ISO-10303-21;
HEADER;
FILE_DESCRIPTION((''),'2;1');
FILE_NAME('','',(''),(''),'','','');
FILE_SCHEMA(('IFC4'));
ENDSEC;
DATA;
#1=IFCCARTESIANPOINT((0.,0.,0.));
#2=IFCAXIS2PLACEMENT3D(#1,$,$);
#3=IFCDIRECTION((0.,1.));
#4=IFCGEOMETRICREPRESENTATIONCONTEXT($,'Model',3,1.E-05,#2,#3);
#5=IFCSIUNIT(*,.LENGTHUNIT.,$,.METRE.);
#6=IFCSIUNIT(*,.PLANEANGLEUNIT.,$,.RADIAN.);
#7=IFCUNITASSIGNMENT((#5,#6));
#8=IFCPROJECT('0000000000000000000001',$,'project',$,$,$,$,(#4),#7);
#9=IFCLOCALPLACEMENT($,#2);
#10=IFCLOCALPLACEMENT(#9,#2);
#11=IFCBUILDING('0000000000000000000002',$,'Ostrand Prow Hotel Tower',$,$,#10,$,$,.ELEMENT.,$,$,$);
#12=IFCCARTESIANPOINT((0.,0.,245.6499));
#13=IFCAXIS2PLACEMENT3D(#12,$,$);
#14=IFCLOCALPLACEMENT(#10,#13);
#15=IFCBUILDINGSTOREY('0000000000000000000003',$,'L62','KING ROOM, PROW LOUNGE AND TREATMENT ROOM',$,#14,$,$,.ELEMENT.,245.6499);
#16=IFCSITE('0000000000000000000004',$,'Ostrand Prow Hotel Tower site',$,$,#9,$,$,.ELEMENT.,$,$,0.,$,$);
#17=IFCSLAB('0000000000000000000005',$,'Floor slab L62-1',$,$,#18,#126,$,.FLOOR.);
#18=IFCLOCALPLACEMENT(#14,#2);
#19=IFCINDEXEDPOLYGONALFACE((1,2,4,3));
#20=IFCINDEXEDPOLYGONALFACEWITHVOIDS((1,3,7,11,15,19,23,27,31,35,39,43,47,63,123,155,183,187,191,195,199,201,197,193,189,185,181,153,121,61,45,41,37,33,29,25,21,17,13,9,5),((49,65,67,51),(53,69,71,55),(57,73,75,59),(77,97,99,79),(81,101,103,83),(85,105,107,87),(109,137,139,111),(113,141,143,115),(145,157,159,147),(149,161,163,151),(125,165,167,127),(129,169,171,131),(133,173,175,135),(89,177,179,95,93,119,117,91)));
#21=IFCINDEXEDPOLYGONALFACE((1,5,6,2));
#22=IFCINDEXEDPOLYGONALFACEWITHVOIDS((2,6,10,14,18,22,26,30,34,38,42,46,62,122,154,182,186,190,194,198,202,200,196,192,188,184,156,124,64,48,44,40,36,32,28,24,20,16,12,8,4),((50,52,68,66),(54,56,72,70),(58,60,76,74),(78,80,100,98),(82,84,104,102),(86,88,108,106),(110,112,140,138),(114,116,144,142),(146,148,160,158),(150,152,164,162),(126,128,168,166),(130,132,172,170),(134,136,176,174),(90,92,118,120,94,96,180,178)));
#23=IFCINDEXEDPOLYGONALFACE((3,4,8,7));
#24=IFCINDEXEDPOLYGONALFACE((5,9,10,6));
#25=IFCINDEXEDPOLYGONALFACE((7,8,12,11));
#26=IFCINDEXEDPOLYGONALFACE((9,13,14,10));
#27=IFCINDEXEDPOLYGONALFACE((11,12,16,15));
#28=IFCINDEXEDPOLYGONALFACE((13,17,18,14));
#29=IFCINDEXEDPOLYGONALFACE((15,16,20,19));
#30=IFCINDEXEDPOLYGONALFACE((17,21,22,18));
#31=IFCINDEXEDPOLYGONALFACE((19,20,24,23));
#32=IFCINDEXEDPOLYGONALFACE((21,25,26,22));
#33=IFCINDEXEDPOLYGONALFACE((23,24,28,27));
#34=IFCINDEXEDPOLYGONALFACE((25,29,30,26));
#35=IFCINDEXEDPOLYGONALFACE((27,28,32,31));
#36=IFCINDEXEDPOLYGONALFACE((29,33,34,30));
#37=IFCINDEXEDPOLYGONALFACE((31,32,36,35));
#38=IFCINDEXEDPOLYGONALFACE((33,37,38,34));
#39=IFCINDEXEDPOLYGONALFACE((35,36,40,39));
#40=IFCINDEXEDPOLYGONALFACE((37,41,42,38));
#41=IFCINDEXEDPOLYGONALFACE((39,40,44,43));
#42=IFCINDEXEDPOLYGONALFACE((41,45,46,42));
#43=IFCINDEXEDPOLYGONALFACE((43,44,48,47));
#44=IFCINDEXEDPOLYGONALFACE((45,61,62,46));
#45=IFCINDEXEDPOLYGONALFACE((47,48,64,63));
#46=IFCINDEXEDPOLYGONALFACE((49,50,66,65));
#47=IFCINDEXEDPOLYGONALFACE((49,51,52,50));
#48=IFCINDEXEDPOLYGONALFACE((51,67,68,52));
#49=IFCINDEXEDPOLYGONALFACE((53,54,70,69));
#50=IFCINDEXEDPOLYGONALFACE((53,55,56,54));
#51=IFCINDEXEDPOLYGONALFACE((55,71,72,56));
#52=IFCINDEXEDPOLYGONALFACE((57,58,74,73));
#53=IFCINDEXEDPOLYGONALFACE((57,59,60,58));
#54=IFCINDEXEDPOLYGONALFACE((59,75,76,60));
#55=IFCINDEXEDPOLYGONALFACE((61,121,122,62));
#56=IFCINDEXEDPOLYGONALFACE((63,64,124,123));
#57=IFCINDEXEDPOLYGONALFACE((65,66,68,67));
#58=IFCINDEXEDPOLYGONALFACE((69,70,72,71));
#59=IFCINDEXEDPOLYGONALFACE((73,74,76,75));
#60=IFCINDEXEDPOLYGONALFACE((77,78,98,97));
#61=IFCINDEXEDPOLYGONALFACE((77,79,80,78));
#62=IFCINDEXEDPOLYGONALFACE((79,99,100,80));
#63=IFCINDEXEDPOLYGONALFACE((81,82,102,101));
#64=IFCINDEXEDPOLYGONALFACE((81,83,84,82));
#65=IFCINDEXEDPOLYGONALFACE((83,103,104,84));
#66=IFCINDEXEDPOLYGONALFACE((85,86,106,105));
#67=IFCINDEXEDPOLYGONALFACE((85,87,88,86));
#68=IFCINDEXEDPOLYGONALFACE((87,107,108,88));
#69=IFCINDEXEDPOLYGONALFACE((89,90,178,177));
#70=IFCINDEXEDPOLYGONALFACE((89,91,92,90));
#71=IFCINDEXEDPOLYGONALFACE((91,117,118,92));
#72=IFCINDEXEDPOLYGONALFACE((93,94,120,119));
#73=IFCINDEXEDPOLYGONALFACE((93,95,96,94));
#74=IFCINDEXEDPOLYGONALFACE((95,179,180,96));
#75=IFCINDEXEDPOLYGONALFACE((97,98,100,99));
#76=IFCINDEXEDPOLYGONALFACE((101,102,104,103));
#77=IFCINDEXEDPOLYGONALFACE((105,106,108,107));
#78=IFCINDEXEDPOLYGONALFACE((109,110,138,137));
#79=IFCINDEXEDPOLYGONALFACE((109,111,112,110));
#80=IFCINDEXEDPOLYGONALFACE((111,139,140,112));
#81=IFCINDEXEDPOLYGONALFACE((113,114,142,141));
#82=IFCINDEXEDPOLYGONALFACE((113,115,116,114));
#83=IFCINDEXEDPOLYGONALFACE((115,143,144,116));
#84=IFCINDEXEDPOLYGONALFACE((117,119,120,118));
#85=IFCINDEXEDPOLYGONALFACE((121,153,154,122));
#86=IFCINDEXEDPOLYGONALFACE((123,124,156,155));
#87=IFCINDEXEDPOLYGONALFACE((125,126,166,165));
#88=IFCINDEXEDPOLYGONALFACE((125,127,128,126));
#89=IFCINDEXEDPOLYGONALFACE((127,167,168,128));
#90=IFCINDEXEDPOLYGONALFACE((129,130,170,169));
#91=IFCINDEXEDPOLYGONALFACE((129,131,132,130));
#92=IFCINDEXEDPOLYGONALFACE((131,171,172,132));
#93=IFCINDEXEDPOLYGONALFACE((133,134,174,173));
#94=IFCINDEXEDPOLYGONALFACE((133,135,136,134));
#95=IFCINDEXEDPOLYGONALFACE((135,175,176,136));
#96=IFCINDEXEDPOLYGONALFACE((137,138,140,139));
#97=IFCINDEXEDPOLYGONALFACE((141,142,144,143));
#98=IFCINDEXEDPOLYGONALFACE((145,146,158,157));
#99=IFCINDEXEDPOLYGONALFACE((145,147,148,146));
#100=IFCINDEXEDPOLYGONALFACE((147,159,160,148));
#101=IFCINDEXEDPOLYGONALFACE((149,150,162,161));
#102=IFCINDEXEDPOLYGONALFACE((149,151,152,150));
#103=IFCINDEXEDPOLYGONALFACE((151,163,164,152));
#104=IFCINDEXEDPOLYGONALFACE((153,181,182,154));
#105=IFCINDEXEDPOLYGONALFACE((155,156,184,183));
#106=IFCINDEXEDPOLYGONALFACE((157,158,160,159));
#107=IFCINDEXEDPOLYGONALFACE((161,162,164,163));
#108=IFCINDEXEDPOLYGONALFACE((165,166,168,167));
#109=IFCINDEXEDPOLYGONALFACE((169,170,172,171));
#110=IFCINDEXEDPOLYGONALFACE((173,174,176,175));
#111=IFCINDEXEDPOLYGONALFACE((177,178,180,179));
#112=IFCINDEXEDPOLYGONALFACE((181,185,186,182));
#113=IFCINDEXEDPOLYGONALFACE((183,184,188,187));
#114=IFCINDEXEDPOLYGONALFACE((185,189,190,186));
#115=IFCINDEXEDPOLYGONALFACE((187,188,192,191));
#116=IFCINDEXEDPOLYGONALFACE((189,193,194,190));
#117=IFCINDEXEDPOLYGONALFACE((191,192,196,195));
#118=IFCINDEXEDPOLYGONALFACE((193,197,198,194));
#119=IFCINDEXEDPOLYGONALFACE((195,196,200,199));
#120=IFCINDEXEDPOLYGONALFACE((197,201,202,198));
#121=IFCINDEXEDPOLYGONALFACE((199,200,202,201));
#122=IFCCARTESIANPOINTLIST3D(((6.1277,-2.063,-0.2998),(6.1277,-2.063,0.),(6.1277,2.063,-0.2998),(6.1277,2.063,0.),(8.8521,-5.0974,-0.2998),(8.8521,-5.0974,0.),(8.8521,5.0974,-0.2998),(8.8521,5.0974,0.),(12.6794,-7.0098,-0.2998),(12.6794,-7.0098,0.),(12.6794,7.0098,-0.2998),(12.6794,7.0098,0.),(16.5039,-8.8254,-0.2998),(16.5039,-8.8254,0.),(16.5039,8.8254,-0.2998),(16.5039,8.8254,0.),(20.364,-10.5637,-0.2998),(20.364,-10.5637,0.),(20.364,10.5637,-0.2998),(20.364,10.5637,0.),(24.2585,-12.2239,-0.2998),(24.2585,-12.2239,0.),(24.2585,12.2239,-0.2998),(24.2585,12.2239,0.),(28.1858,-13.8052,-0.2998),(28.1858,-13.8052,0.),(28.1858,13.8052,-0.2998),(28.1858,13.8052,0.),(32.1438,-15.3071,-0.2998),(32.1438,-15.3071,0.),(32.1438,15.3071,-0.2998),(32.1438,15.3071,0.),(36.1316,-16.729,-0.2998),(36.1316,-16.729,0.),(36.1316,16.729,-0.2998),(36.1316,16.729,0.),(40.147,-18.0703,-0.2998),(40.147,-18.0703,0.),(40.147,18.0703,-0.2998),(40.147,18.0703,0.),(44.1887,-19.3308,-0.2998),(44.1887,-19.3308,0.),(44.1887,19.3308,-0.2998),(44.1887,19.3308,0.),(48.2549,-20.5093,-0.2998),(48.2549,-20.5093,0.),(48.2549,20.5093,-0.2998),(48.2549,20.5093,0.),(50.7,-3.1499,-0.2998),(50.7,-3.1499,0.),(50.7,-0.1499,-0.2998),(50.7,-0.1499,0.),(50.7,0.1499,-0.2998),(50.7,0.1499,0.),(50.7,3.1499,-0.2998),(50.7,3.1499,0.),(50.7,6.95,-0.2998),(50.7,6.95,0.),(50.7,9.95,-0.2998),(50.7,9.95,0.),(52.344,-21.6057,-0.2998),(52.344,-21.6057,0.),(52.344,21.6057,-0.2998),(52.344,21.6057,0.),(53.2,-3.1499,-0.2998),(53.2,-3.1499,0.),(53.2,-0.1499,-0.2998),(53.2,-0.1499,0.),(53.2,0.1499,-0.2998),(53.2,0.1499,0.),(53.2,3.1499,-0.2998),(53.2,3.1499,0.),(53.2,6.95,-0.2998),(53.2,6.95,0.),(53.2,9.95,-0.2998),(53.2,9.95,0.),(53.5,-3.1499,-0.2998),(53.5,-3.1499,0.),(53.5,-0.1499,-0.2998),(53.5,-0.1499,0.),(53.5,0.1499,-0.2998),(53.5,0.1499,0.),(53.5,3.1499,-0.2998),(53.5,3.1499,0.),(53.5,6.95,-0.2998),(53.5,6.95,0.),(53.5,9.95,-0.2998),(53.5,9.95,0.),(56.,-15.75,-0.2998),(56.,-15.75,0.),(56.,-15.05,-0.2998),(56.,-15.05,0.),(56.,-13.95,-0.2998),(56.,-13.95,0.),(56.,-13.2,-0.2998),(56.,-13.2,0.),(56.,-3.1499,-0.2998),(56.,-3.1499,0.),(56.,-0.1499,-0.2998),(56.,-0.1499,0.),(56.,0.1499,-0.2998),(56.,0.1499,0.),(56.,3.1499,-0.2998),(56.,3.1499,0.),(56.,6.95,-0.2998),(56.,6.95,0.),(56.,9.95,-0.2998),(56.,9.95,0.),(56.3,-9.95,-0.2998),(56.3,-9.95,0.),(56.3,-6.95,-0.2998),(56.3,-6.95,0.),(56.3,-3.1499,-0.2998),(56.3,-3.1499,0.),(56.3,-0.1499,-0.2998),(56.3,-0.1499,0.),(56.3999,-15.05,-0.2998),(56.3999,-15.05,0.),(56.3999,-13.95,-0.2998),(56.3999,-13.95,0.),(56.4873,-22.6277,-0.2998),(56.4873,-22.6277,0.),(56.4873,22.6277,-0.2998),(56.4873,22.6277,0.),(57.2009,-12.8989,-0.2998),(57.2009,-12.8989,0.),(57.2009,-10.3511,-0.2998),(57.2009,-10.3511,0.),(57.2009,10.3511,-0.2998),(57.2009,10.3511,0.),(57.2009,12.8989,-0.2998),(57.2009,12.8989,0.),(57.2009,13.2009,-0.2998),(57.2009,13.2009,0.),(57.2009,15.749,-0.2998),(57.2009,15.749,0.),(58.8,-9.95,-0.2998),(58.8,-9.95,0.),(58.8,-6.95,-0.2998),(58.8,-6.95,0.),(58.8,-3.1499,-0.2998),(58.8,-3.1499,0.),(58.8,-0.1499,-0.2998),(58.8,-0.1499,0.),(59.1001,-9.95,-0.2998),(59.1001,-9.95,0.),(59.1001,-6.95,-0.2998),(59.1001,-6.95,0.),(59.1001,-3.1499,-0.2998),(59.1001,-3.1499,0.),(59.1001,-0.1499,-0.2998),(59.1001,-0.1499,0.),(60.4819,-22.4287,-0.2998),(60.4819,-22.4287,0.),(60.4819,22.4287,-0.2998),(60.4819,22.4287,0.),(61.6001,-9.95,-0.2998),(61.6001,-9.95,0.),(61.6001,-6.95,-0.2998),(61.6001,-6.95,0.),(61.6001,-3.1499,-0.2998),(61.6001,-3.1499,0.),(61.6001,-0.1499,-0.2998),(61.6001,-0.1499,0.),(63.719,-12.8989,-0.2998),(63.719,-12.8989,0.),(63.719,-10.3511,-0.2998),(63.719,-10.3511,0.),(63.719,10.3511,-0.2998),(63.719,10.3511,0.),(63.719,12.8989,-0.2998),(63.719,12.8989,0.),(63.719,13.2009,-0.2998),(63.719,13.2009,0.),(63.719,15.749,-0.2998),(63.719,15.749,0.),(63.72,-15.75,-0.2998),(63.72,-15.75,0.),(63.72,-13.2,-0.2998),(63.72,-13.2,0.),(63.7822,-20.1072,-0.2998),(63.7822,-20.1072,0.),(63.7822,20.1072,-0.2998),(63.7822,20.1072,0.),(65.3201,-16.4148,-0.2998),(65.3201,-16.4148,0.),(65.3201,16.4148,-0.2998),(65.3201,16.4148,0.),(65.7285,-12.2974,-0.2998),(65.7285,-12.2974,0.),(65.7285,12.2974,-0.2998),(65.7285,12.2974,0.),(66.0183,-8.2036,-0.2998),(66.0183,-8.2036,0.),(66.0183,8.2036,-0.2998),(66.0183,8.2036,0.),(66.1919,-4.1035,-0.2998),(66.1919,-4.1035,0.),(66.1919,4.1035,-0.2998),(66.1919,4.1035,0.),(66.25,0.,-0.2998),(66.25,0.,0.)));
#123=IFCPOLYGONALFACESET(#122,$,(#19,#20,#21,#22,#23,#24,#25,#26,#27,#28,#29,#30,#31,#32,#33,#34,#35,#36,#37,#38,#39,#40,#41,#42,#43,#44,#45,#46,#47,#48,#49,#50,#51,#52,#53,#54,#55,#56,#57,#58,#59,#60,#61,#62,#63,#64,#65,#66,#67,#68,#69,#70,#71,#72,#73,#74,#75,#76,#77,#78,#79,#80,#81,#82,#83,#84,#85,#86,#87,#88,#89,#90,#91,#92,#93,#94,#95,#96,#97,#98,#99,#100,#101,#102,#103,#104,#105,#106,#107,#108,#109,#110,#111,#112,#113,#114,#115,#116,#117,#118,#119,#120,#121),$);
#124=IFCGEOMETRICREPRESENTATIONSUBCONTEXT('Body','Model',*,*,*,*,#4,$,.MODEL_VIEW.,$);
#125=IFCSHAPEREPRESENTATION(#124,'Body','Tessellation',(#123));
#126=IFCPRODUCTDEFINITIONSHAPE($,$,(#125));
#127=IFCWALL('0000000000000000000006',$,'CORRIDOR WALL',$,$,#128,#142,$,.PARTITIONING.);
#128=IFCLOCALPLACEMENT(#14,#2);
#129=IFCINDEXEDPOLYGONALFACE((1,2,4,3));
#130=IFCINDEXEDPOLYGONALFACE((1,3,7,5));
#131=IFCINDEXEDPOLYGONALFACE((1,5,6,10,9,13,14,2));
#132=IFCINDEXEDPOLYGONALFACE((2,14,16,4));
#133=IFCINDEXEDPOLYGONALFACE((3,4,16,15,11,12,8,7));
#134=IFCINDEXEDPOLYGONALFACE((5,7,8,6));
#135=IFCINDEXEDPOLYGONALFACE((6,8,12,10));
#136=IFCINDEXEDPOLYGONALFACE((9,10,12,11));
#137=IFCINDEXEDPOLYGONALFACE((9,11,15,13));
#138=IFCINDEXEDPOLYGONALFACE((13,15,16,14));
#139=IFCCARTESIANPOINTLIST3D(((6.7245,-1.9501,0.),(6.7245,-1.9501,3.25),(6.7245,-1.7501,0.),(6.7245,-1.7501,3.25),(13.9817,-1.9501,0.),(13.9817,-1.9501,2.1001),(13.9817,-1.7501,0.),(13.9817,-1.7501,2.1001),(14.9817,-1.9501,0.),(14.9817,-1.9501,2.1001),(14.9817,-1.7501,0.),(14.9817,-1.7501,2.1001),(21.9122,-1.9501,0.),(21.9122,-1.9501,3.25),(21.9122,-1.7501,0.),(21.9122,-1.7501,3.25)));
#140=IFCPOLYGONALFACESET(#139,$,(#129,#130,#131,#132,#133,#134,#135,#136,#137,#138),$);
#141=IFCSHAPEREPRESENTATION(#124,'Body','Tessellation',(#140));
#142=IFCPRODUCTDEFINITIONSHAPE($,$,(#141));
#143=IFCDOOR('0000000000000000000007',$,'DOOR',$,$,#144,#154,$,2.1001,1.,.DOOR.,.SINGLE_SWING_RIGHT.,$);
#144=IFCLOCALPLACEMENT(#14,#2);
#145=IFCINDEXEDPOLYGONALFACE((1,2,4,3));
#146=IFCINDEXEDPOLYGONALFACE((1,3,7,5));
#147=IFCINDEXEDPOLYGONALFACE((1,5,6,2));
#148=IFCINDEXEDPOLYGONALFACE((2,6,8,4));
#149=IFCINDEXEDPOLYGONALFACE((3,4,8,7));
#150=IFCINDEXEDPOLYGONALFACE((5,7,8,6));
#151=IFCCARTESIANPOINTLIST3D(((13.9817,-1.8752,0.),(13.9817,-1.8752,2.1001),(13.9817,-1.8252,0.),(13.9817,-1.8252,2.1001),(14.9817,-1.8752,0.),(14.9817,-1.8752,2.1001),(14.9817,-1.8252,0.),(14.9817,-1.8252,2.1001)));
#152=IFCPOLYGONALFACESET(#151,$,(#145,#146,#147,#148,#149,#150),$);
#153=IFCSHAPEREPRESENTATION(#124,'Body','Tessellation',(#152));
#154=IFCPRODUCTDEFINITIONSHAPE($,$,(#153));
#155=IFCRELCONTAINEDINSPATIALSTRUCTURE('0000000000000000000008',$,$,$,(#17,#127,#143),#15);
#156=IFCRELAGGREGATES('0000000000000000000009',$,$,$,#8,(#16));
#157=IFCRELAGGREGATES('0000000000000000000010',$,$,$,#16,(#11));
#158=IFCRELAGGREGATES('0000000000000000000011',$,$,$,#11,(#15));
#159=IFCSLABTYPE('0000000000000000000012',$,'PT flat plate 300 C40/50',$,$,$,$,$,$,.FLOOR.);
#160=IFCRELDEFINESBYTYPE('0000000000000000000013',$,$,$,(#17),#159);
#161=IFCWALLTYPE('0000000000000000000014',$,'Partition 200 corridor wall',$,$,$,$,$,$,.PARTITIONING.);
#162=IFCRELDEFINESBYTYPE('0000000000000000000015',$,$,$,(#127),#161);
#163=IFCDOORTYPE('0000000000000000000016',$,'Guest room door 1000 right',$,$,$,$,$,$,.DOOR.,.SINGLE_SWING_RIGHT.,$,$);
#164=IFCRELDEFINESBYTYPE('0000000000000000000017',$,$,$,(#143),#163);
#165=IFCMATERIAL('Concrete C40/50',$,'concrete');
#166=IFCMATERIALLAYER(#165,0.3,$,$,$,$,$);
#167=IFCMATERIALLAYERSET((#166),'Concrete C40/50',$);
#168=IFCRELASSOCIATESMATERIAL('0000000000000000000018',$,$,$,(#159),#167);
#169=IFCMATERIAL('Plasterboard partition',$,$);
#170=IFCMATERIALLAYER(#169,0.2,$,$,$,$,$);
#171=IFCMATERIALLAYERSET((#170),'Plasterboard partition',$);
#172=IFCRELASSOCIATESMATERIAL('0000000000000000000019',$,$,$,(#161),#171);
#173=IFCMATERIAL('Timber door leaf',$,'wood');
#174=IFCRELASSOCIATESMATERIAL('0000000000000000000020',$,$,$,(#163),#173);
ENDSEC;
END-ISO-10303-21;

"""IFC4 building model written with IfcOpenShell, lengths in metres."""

from ifc_helpers import new_model, si_unit, direction, frame, frame_2d, origin, place, context, subcontext, project, spatial, polyline, rectangle, outline, extrude, material, layer, layer_set, type_object, element, fill, save


model = new_model("IFC4")

# Units and contexts
model_context = context("Model", 3, precision=1e-05, world=origin(), true_north=direction((0.0, 1.0)))
body_context = subcontext(model_context, "Body", "Model", "MODEL_VIEW")
ifc_project = project(units=[si_unit("LENGTHUNIT", "METRE"), si_unit("PLANEANGLEUNIT", "RADIAN")], contexts=[model_context])

# Site, building, storey
site_placement = place(None, origin())
site = spatial("IfcSite", under=ifc_project, at=site_placement, Name="Ostrand Prow Hotel Tower site", CompositionType="ELEMENT", RefElevation=0.0)
building_placement = place(site_placement, origin())
building = spatial("IfcBuilding", under=site, at=building_placement, Name="Ostrand Prow Hotel Tower", CompositionType="ELEMENT")
storey_placement = place(building_placement, frame((0.0, 0.0, 245.6499)))
storey = spatial("IfcBuildingStorey", under=building, at=storey_placement, Name="L62", Description="KING ROOM, PROW LOUNGE AND TREATMENT ROOM", CompositionType="ELEMENT", Elevation=245.6499)

# Slab, opening
ifc_material_1 = material(Name="Concrete C40/50", Category="concrete")
ifc_layer_1 = layer(ifc_material_1, 0.3)
ifc_layer_set_1 = layer_set([ifc_layer_1], Name="Concrete C40/50")
slab_type = type_object("IfcSlabType", Name="PT flat plate 300 C40/50", PredefinedType="FLOOR", material=ifc_layer_set_1)
slab_placement = place(storey_placement, frame((0.0, 0.0, -0.2998)))
slab = element("IfcSlab", 1, at=slab_placement, inside=storey, type_object=slab_type, Name="Floor slab L62-1", PredefinedType="FLOOR", context=body_context, shape_type="SweptSolid", body=[
    extrude(outline(polyline([(8.8521, 5.0974), (12.6794, 7.0098), (16.5039, 8.8254), (20.364, 10.5637), (24.2585, 12.2239), (28.1858, 13.8052), (32.1438, 15.3071), (36.1316, 16.729), (40.147, 18.0703), (44.1887, 19.3308), (48.2549, 20.5093), (52.344, 21.6057), (56.4873, 22.6277), (60.4819, 22.4287), (63.7822, 20.1072), (65.3201, 16.4148), (65.7285, 12.2974), (66.0183, 8.2036), (66.1919, 4.1035), (66.25, 0.0), (66.1919, -4.1035), (66.0183, -8.2036), (65.7285, -12.2974), (65.3201, -16.4148), (63.7822, -20.1072), (60.4819, -22.4287), (56.4873, -22.6277), (52.344, -21.6057), (48.2549, -20.5093), (44.1887, -19.3308), (40.147, -18.0703), (36.1316, -16.729), (32.1438, -15.3071), (28.1858, -13.8052), (24.2585, -12.2239), (20.364, -10.5637), (16.5039, -8.8254), (12.6794, -7.0098), (8.8521, -5.0974), (6.1277, -2.063), (6.1277, 2.063), (8.8521, 5.0974)]), holes=[polyline([(50.7, 6.95), (53.2, 6.95), (53.2, 9.95), (50.7, 9.95), (50.7, 6.95)]), polyline([(53.5, 6.95), (56.0, 6.95), (56.0, 9.95), (53.5, 9.95), (53.5, 6.95)]), polyline([(50.7, 0.1499), (53.2, 0.1499), (53.2, 3.1499), (50.7, 3.1499), (50.7, 0.1499)]), polyline([(53.5, 0.1499), (56.0, 0.1499), (56.0, 3.1499), (53.5, 3.1499), (53.5, 0.1499)]), polyline([(50.7, -3.1499), (53.2, -3.1499), (53.2, -0.1499), (50.7, -0.1499), (50.7, -3.1499)]), polyline([(53.5, -3.1499), (56.0, -3.1499), (56.0, -0.1499), (53.5, -0.1499), (53.5, -3.1499)]), polyline([(56.3, -3.1499), (58.8, -3.1499), (58.8, -0.1499), (56.3, -0.1499), (56.3, -3.1499)]), polyline([(59.1001, -3.1499), (61.6001, -3.1499), (61.6001, -0.1499), (59.1001, -0.1499), (59.1001, -3.1499)]), polyline([(56.3, -9.95), (58.8, -9.95), (58.8, -6.95), (56.3, -6.95), (56.3, -9.95)]), polyline([(59.1001, -9.95), (61.6001, -9.95), (61.6001, -6.95), (59.1001, -6.95), (59.1001, -9.95)]), polyline([(57.2009, 10.3511), (57.2009, 12.8989), (63.719, 12.8989), (63.719, 10.3511), (57.2009, 10.3511)]), polyline([(57.2009, 13.2009), (57.2009, 15.749), (63.719, 15.749), (63.719, 13.2009), (57.2009, 13.2009)]), polyline([(57.2009, -12.8989), (57.2009, -10.3511), (63.719, -10.3511), (63.719, -12.8989), (57.2009, -12.8989)]), polyline([(56.0, -13.95), (56.0, -13.2), (63.72, -13.2), (63.72, -15.75), (56.0, -15.75), (56.0, -15.05), (56.3999, -15.05), (56.3999, -13.95), (56.0, -13.95)])]), origin(), (0.0, 0.0, 1.0), 0.2998),
])
opening_1_placement = place(slab_placement, origin())
element("IfcOpeningElement", 2, at=opening_1_placement, cuts=slab, PredefinedType="OPENING", context=body_context, shape_type="SweptSolid", body=[
    extrude(outline(polyline([(56.0, -13.95), (56.0, -13.2), (63.72, -13.2), (63.72, -15.75), (56.0, -15.75), (56.0, -15.05), (56.3999, -15.05), (56.3999, -13.95), (56.0, -13.95)])), origin(), (0.0, 0.0, 1.0), 0.2998),
])

# Wall, opening, door
ifc_material_2 = material(Name="Plasterboard partition")
ifc_layer_2 = layer(ifc_material_2, 0.2)
ifc_layer_set_2 = layer_set([ifc_layer_2], Name="Plasterboard partition")
wall_type_1 = type_object("IfcWallType", Name="Partition 200 corridor wall", PredefinedType="PARTITIONING", material=ifc_layer_set_2)
wall_1_placement = place(storey_placement, frame((6.7246, -1.8501, 0.0), z_axis=(0.0, 0.0, 1.0), x_axis=(1.0, 0.0, 0.0)))
wall_1 = element("IfcWall", 3, at=wall_1_placement, inside=storey, type_object=wall_type_1, Name="CORRIDOR WALL", PredefinedType="PARTITIONING", context=body_context, shape_type="SweptSolid", body=[
    extrude(rectangle(XDim=15.1877, YDim=0.2, at=frame_2d((7.5938, 0.0))), origin(), (0.0, 0.0, 1.0), 3.25),
])
opening_2_placement = place(wall_1_placement, frame((7.2571, 0.0, 0.0)))
opening_2 = element("IfcOpeningElement", 4, at=opening_2_placement, cuts=wall_1, PredefinedType="OPENING", context=body_context, shape_type="SweptSolid", body=[
    extrude(rectangle(XDim=1.0, YDim=2.1001, at=frame_2d((0.5, 1.05))), frame((0.0, 0.1099, 0.0), z_axis=(0.0, -1.0, 0.0), x_axis=(1.0, 0.0, 0.0)), (0.0, 0.0, 1.0), 0.22),
])
ifc_material_3 = material(Name="Timber door leaf", Category="wood")
door_type = type_object("IfcDoorType", Name="Guest room door 1000 right", OperationType="SINGLE_SWING_RIGHT", PredefinedType="DOOR", material=ifc_material_3)
door_placement = place(opening_2_placement, origin())
door = element("IfcDoor", 5, at=door_placement, inside=storey, type_object=door_type, Name="DOOR", OperationType="SINGLE_SWING_RIGHT", OverallHeight=2.1001, OverallWidth=1.0, PredefinedType="DOOR", context=body_context, shape_type="SweptSolid", body=[
    extrude(rectangle(XDim=1.0, YDim=2.1001, at=frame_2d((0.5, 1.05))), frame((0.0, 0.0249, 0.0), z_axis=(0.0, -1.0, 0.0), x_axis=(1.0, 0.0, 0.0)), (0.0, 0.0, 1.0), 0.05),
])
fill(opening_2, door)

save(model, "model.ifc")
